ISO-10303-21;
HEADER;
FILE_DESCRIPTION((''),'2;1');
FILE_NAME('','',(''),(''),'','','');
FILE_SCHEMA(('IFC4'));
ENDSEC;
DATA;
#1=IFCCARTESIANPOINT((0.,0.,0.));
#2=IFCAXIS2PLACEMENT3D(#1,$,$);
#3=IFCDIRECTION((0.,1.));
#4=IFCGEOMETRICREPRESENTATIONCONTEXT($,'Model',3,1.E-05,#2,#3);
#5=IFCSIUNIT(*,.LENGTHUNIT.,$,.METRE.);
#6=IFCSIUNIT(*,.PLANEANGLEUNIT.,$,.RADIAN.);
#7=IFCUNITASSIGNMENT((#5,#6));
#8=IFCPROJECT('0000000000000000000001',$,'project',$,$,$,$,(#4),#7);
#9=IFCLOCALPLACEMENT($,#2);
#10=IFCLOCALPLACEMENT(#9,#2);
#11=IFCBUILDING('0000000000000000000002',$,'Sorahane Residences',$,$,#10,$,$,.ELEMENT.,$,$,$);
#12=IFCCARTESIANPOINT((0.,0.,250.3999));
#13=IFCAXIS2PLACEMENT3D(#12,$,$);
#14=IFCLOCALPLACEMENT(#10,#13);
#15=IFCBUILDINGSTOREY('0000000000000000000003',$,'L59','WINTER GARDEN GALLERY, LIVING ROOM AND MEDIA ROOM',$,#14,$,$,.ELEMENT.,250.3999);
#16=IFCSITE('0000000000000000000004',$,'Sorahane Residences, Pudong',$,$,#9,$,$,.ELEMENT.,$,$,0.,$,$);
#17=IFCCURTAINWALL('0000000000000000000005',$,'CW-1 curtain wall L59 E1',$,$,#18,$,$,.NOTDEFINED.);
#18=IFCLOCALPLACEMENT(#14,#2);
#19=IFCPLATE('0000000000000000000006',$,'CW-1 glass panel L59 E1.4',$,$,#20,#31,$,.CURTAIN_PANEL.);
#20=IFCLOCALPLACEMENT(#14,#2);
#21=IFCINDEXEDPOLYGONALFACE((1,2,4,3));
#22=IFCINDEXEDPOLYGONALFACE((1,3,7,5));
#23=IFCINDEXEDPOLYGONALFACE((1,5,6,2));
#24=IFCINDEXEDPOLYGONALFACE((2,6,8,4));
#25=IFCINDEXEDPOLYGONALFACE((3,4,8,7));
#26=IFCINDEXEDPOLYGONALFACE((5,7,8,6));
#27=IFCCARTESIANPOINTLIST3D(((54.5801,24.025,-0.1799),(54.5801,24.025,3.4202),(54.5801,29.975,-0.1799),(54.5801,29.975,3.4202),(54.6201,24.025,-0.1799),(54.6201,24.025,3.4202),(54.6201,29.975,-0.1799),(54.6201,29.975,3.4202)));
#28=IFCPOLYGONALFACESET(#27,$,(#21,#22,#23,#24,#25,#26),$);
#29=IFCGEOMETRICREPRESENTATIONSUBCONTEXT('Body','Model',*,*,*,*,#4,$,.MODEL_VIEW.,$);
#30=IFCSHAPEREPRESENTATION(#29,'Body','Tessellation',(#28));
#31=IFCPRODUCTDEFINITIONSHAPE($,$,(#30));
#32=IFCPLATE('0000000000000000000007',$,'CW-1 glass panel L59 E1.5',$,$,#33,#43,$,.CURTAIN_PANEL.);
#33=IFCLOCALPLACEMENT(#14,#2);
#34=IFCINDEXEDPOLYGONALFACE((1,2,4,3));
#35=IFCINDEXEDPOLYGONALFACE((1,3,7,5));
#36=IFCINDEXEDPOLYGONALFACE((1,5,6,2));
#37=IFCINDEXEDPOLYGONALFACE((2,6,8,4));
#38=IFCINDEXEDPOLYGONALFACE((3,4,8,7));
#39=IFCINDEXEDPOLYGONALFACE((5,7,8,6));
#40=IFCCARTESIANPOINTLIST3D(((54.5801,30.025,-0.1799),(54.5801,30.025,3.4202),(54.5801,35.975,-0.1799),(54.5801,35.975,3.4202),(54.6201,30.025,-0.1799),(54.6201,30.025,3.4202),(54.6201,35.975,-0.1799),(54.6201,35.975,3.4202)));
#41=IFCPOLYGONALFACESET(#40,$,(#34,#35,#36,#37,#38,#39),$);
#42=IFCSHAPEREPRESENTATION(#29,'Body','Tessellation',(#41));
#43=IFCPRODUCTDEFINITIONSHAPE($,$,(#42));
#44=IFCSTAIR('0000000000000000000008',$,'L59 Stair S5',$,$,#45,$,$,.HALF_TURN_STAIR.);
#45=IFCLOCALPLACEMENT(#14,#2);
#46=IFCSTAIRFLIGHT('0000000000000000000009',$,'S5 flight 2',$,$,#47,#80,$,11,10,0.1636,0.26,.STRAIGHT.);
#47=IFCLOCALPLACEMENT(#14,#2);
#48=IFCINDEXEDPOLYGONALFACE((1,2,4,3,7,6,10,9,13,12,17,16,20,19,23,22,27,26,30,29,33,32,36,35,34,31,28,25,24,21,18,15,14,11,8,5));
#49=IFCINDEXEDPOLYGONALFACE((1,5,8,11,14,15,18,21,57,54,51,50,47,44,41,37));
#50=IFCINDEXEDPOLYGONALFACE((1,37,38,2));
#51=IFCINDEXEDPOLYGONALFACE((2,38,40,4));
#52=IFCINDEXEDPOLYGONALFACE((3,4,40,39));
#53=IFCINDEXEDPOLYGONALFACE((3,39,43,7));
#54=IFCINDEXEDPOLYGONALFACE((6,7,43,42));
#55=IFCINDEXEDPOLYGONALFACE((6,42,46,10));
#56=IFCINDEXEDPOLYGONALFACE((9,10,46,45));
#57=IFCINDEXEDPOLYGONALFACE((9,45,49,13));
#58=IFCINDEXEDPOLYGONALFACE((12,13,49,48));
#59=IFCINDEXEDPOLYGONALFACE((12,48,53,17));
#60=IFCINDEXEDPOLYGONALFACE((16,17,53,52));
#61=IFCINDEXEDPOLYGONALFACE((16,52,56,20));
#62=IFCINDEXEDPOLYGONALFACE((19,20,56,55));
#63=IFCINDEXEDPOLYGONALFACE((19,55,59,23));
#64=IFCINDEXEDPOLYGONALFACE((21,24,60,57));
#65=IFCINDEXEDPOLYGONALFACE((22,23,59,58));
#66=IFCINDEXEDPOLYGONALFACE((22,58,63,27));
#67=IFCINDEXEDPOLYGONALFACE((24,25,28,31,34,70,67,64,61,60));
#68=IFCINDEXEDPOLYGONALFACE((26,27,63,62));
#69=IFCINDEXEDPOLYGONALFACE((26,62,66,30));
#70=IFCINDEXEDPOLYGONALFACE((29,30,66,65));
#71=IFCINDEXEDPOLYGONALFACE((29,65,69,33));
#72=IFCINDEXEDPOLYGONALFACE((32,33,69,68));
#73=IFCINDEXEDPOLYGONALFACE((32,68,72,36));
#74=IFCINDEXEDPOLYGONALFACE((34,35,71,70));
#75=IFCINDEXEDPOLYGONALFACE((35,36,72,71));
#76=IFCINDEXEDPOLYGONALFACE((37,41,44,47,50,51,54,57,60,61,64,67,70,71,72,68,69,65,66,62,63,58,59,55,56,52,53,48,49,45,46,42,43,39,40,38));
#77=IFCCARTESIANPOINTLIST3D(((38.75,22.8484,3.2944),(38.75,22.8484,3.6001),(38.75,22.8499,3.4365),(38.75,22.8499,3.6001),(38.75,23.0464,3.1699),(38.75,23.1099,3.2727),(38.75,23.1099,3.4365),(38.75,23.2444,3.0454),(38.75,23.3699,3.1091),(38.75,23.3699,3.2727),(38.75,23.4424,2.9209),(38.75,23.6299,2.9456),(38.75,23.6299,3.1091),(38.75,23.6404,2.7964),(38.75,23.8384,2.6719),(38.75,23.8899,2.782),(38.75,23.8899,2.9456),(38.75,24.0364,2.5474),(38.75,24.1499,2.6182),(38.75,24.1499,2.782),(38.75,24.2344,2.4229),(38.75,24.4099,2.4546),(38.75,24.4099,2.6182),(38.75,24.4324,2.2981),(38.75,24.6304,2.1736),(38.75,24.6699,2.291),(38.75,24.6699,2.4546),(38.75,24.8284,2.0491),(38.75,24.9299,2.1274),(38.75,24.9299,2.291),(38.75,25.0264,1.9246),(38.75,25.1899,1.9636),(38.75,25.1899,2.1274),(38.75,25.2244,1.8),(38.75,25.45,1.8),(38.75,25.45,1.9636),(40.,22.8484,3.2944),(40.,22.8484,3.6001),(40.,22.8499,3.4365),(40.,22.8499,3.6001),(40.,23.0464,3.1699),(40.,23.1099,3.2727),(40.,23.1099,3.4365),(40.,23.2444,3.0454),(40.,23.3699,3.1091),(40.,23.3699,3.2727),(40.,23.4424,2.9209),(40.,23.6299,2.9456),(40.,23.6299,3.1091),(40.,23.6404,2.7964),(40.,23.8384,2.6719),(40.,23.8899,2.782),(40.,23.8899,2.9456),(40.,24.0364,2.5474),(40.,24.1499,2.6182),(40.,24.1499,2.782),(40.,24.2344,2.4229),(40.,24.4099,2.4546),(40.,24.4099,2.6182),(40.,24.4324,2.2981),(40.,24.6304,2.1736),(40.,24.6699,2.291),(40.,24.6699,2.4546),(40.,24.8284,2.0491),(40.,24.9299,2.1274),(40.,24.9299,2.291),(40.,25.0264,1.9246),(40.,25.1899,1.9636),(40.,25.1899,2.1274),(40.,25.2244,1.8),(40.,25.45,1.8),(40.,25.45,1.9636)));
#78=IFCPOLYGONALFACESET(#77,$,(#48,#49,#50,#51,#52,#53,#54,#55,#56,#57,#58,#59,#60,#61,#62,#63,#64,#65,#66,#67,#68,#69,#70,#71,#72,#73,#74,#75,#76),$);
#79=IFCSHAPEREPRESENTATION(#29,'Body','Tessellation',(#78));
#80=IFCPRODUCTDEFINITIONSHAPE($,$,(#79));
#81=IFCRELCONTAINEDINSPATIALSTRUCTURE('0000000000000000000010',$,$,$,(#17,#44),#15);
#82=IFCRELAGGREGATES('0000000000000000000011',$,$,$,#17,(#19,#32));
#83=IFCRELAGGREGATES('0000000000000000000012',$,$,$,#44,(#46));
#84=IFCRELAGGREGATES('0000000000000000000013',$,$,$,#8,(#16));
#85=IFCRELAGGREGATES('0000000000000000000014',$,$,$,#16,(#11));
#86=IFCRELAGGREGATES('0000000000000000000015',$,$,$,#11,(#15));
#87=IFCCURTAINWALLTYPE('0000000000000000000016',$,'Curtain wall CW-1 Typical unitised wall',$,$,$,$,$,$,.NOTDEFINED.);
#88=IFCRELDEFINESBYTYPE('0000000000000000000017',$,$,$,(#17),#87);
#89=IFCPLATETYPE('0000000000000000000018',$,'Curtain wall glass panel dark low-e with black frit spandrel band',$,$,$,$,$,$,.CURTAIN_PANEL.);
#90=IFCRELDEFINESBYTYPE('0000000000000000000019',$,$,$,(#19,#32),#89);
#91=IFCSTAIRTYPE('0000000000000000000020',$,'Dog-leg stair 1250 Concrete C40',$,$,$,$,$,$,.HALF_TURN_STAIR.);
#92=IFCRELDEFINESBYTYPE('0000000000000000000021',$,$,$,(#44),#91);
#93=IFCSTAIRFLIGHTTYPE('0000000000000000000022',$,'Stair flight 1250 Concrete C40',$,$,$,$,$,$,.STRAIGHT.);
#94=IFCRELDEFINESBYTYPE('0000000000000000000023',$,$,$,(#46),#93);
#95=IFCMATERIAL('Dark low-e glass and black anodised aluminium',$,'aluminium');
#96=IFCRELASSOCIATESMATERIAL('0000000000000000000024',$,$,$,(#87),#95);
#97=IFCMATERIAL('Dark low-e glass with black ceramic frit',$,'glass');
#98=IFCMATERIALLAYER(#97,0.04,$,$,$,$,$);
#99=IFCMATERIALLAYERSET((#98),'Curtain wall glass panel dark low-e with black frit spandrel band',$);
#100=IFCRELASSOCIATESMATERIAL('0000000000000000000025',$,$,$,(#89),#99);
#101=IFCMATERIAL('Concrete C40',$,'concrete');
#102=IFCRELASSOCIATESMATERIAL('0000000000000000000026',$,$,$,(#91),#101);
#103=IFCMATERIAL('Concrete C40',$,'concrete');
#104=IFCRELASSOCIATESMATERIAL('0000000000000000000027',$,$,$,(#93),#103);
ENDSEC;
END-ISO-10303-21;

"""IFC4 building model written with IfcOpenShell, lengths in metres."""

from ifc_helpers import new_model, si_unit, direction, frame, origin, origin_2d, place, context, subcontext, project, spatial, polyline, rectangle, outline, extrude, material, layer, layer_set, type_object, element, aggregate, save


model = new_model("IFC4")

# Units and contexts
model_context = context("Model", 3, precision=1e-05, world=origin(), true_north=direction((0.0, 1.0)))
body_context = subcontext(model_context, "Body", "Model", "MODEL_VIEW")
ifc_project = project(units=[si_unit("LENGTHUNIT", "METRE"), si_unit("PLANEANGLEUNIT", "RADIAN")], contexts=[model_context])

# Site, building, storey
site_placement = place(None, origin())
site = spatial("IfcSite", under=ifc_project, at=site_placement, Name="Sorahane Residences, Pudong", CompositionType="ELEMENT", RefElevation=0.0)
building_placement = place(site_placement, origin())
building = spatial("IfcBuilding", under=site, at=building_placement, Name="Sorahane Residences", CompositionType="ELEMENT")
storey_placement = place(building_placement, frame((0.0, 0.0, 250.3999)))
storey = spatial("IfcBuildingStorey", under=building, at=storey_placement, Name="L59", Description="WINTER GARDEN GALLERY, LIVING ROOM AND MEDIA ROOM", CompositionType="ELEMENT", Elevation=250.3999)

# Curtain wall
ifc_material_1 = material(Name="Dark low-e glass and black anodised aluminium", Category="aluminium")
curtain_wall_type = type_object("IfcCurtainWallType", Name="Curtain wall CW-1 Typical unitised wall", PredefinedType="NOTDEFINED", material=ifc_material_1)
curtain_wall_placement = place(storey_placement, origin())
curtain_wall = element("IfcCurtainWall", 1, at=curtain_wall_placement, inside=storey, type_object=curtain_wall_type, Name="CW-1 curtain wall L59 E1", PredefinedType="NOTDEFINED")

# Plates
ifc_material_2 = material(Name="Dark low-e glass with black ceramic frit", Category="glass")
ifc_layer_1 = layer(ifc_material_2, 0.04)
ifc_layer_set_1 = layer_set([ifc_layer_1], Name="Curtain wall glass panel dark low-e with black frit spandrel band")
plate_type = type_object("IfcPlateType", Name="Curtain wall glass panel dark low-e with black frit spandrel band", PredefinedType="CURTAIN_PANEL", material=ifc_layer_set_1)
plate_1_placement = place(storey_placement, frame((54.6001, 27.0, -0.1799), z_axis=(0.0, 0.0, 1.0), x_axis=(0.0, 1.0, 0.0)))
plate_1 = element("IfcPlate", 2, at=plate_1_placement, type_object=plate_type, Name="CW-1 glass panel L59 E1.4", PredefinedType="CURTAIN_PANEL", context=body_context, shape_type="SweptSolid", body=[
    extrude(rectangle(XDim=5.95, YDim=0.04, at=origin_2d()), origin(), (0.0, 0.0, 1.0), 3.6001),
])
plate_2_placement = place(storey_placement, frame((54.6001, 33.0, -0.1799), z_axis=(0.0, 0.0, 1.0), x_axis=(0.0, 1.0, 0.0)))
plate_2 = element("IfcPlate", 3, at=plate_2_placement, type_object=plate_type, Name="CW-1 glass panel L59 E1.5", PredefinedType="CURTAIN_PANEL", context=body_context, shape_type="SweptSolid", body=[
    extrude(rectangle(XDim=5.95, YDim=0.04, at=origin_2d()), origin(), (0.0, 0.0, 1.0), 3.6001),
])
aggregate(curtain_wall, [plate_1, plate_2])

# Stair, stair flight
ifc_material_3 = material(Name="Concrete C40", Category="concrete")
stair_type = type_object("IfcStairType", Name="Dog-leg stair 1250 Concrete C40", PredefinedType="HALF_TURN_STAIR", material=ifc_material_3)
stair_placement = place(storey_placement, origin())
stair = element("IfcStair", 4, at=stair_placement, inside=storey, type_object=stair_type, Name="L59 Stair S5", PredefinedType="HALF_TURN_STAIR")
ifc_material_4 = material(Name="Concrete C40", Category="concrete")
stair_flight_type = type_object("IfcStairFlightType", Name="Stair flight 1250 Concrete C40", PredefinedType="STRAIGHT", material=ifc_material_4)
stair_flight_placement = place(storey_placement, frame((39.375, 25.45, 1.8), z_axis=(0.0, 0.0, 1.0), x_axis=(0.0, -1.0, 0.0)))
stair_flight = element("IfcStairFlight", 5, at=stair_flight_placement, type_object=stair_flight_type, Name="S5 flight 2", NumberOfRisers=11, NumberOfTreads=10, PredefinedType="STRAIGHT", RiserHeight=0.1636, TreadLength=0.26, context=body_context, shape_type="SweptSolid", body=[
    extrude(outline(polyline([(0.0, 0.0), (0.0, 0.1636), (0.26, 0.1636), (0.26, 0.3274), (0.52, 0.3274), (0.52, 0.491), (0.78, 0.491), (0.78, 0.6545), (1.04, 0.6545), (1.04, 0.8181), (1.3, 0.8181), (1.3, 0.9819), (1.5601, 0.9819), (1.5601, 1.1455), (1.8201, 1.1455), (1.8201, 1.3091), (2.0801, 1.3091), (2.0801, 1.4727), (2.3401, 1.4727), (2.3401, 1.6365), (2.6001, 1.6365), (2.6001, 1.8), (2.6016, 1.8), (2.6016, 1.4944), (2.4036, 1.3699), (2.2056, 1.2454), (2.0076, 1.1208), (1.8096, 0.9963), (1.6116, 0.8718), (1.4136, 0.7473), (1.2156, 0.6228), (1.0176, 0.498), (0.8196, 0.3735), (0.6216, 0.249), (0.4236, 0.1245), (0.2256, 0.0), (0.0, 0.0)])), frame((0.0, 0.625, 0.0), z_axis=(0.0, -1.0, 0.0), x_axis=(1.0, 0.0, 0.0)), (0.0, 0.0, 1.0), 1.25),
])
aggregate(stair, [stair_flight])

save(model, "model.ifc")
